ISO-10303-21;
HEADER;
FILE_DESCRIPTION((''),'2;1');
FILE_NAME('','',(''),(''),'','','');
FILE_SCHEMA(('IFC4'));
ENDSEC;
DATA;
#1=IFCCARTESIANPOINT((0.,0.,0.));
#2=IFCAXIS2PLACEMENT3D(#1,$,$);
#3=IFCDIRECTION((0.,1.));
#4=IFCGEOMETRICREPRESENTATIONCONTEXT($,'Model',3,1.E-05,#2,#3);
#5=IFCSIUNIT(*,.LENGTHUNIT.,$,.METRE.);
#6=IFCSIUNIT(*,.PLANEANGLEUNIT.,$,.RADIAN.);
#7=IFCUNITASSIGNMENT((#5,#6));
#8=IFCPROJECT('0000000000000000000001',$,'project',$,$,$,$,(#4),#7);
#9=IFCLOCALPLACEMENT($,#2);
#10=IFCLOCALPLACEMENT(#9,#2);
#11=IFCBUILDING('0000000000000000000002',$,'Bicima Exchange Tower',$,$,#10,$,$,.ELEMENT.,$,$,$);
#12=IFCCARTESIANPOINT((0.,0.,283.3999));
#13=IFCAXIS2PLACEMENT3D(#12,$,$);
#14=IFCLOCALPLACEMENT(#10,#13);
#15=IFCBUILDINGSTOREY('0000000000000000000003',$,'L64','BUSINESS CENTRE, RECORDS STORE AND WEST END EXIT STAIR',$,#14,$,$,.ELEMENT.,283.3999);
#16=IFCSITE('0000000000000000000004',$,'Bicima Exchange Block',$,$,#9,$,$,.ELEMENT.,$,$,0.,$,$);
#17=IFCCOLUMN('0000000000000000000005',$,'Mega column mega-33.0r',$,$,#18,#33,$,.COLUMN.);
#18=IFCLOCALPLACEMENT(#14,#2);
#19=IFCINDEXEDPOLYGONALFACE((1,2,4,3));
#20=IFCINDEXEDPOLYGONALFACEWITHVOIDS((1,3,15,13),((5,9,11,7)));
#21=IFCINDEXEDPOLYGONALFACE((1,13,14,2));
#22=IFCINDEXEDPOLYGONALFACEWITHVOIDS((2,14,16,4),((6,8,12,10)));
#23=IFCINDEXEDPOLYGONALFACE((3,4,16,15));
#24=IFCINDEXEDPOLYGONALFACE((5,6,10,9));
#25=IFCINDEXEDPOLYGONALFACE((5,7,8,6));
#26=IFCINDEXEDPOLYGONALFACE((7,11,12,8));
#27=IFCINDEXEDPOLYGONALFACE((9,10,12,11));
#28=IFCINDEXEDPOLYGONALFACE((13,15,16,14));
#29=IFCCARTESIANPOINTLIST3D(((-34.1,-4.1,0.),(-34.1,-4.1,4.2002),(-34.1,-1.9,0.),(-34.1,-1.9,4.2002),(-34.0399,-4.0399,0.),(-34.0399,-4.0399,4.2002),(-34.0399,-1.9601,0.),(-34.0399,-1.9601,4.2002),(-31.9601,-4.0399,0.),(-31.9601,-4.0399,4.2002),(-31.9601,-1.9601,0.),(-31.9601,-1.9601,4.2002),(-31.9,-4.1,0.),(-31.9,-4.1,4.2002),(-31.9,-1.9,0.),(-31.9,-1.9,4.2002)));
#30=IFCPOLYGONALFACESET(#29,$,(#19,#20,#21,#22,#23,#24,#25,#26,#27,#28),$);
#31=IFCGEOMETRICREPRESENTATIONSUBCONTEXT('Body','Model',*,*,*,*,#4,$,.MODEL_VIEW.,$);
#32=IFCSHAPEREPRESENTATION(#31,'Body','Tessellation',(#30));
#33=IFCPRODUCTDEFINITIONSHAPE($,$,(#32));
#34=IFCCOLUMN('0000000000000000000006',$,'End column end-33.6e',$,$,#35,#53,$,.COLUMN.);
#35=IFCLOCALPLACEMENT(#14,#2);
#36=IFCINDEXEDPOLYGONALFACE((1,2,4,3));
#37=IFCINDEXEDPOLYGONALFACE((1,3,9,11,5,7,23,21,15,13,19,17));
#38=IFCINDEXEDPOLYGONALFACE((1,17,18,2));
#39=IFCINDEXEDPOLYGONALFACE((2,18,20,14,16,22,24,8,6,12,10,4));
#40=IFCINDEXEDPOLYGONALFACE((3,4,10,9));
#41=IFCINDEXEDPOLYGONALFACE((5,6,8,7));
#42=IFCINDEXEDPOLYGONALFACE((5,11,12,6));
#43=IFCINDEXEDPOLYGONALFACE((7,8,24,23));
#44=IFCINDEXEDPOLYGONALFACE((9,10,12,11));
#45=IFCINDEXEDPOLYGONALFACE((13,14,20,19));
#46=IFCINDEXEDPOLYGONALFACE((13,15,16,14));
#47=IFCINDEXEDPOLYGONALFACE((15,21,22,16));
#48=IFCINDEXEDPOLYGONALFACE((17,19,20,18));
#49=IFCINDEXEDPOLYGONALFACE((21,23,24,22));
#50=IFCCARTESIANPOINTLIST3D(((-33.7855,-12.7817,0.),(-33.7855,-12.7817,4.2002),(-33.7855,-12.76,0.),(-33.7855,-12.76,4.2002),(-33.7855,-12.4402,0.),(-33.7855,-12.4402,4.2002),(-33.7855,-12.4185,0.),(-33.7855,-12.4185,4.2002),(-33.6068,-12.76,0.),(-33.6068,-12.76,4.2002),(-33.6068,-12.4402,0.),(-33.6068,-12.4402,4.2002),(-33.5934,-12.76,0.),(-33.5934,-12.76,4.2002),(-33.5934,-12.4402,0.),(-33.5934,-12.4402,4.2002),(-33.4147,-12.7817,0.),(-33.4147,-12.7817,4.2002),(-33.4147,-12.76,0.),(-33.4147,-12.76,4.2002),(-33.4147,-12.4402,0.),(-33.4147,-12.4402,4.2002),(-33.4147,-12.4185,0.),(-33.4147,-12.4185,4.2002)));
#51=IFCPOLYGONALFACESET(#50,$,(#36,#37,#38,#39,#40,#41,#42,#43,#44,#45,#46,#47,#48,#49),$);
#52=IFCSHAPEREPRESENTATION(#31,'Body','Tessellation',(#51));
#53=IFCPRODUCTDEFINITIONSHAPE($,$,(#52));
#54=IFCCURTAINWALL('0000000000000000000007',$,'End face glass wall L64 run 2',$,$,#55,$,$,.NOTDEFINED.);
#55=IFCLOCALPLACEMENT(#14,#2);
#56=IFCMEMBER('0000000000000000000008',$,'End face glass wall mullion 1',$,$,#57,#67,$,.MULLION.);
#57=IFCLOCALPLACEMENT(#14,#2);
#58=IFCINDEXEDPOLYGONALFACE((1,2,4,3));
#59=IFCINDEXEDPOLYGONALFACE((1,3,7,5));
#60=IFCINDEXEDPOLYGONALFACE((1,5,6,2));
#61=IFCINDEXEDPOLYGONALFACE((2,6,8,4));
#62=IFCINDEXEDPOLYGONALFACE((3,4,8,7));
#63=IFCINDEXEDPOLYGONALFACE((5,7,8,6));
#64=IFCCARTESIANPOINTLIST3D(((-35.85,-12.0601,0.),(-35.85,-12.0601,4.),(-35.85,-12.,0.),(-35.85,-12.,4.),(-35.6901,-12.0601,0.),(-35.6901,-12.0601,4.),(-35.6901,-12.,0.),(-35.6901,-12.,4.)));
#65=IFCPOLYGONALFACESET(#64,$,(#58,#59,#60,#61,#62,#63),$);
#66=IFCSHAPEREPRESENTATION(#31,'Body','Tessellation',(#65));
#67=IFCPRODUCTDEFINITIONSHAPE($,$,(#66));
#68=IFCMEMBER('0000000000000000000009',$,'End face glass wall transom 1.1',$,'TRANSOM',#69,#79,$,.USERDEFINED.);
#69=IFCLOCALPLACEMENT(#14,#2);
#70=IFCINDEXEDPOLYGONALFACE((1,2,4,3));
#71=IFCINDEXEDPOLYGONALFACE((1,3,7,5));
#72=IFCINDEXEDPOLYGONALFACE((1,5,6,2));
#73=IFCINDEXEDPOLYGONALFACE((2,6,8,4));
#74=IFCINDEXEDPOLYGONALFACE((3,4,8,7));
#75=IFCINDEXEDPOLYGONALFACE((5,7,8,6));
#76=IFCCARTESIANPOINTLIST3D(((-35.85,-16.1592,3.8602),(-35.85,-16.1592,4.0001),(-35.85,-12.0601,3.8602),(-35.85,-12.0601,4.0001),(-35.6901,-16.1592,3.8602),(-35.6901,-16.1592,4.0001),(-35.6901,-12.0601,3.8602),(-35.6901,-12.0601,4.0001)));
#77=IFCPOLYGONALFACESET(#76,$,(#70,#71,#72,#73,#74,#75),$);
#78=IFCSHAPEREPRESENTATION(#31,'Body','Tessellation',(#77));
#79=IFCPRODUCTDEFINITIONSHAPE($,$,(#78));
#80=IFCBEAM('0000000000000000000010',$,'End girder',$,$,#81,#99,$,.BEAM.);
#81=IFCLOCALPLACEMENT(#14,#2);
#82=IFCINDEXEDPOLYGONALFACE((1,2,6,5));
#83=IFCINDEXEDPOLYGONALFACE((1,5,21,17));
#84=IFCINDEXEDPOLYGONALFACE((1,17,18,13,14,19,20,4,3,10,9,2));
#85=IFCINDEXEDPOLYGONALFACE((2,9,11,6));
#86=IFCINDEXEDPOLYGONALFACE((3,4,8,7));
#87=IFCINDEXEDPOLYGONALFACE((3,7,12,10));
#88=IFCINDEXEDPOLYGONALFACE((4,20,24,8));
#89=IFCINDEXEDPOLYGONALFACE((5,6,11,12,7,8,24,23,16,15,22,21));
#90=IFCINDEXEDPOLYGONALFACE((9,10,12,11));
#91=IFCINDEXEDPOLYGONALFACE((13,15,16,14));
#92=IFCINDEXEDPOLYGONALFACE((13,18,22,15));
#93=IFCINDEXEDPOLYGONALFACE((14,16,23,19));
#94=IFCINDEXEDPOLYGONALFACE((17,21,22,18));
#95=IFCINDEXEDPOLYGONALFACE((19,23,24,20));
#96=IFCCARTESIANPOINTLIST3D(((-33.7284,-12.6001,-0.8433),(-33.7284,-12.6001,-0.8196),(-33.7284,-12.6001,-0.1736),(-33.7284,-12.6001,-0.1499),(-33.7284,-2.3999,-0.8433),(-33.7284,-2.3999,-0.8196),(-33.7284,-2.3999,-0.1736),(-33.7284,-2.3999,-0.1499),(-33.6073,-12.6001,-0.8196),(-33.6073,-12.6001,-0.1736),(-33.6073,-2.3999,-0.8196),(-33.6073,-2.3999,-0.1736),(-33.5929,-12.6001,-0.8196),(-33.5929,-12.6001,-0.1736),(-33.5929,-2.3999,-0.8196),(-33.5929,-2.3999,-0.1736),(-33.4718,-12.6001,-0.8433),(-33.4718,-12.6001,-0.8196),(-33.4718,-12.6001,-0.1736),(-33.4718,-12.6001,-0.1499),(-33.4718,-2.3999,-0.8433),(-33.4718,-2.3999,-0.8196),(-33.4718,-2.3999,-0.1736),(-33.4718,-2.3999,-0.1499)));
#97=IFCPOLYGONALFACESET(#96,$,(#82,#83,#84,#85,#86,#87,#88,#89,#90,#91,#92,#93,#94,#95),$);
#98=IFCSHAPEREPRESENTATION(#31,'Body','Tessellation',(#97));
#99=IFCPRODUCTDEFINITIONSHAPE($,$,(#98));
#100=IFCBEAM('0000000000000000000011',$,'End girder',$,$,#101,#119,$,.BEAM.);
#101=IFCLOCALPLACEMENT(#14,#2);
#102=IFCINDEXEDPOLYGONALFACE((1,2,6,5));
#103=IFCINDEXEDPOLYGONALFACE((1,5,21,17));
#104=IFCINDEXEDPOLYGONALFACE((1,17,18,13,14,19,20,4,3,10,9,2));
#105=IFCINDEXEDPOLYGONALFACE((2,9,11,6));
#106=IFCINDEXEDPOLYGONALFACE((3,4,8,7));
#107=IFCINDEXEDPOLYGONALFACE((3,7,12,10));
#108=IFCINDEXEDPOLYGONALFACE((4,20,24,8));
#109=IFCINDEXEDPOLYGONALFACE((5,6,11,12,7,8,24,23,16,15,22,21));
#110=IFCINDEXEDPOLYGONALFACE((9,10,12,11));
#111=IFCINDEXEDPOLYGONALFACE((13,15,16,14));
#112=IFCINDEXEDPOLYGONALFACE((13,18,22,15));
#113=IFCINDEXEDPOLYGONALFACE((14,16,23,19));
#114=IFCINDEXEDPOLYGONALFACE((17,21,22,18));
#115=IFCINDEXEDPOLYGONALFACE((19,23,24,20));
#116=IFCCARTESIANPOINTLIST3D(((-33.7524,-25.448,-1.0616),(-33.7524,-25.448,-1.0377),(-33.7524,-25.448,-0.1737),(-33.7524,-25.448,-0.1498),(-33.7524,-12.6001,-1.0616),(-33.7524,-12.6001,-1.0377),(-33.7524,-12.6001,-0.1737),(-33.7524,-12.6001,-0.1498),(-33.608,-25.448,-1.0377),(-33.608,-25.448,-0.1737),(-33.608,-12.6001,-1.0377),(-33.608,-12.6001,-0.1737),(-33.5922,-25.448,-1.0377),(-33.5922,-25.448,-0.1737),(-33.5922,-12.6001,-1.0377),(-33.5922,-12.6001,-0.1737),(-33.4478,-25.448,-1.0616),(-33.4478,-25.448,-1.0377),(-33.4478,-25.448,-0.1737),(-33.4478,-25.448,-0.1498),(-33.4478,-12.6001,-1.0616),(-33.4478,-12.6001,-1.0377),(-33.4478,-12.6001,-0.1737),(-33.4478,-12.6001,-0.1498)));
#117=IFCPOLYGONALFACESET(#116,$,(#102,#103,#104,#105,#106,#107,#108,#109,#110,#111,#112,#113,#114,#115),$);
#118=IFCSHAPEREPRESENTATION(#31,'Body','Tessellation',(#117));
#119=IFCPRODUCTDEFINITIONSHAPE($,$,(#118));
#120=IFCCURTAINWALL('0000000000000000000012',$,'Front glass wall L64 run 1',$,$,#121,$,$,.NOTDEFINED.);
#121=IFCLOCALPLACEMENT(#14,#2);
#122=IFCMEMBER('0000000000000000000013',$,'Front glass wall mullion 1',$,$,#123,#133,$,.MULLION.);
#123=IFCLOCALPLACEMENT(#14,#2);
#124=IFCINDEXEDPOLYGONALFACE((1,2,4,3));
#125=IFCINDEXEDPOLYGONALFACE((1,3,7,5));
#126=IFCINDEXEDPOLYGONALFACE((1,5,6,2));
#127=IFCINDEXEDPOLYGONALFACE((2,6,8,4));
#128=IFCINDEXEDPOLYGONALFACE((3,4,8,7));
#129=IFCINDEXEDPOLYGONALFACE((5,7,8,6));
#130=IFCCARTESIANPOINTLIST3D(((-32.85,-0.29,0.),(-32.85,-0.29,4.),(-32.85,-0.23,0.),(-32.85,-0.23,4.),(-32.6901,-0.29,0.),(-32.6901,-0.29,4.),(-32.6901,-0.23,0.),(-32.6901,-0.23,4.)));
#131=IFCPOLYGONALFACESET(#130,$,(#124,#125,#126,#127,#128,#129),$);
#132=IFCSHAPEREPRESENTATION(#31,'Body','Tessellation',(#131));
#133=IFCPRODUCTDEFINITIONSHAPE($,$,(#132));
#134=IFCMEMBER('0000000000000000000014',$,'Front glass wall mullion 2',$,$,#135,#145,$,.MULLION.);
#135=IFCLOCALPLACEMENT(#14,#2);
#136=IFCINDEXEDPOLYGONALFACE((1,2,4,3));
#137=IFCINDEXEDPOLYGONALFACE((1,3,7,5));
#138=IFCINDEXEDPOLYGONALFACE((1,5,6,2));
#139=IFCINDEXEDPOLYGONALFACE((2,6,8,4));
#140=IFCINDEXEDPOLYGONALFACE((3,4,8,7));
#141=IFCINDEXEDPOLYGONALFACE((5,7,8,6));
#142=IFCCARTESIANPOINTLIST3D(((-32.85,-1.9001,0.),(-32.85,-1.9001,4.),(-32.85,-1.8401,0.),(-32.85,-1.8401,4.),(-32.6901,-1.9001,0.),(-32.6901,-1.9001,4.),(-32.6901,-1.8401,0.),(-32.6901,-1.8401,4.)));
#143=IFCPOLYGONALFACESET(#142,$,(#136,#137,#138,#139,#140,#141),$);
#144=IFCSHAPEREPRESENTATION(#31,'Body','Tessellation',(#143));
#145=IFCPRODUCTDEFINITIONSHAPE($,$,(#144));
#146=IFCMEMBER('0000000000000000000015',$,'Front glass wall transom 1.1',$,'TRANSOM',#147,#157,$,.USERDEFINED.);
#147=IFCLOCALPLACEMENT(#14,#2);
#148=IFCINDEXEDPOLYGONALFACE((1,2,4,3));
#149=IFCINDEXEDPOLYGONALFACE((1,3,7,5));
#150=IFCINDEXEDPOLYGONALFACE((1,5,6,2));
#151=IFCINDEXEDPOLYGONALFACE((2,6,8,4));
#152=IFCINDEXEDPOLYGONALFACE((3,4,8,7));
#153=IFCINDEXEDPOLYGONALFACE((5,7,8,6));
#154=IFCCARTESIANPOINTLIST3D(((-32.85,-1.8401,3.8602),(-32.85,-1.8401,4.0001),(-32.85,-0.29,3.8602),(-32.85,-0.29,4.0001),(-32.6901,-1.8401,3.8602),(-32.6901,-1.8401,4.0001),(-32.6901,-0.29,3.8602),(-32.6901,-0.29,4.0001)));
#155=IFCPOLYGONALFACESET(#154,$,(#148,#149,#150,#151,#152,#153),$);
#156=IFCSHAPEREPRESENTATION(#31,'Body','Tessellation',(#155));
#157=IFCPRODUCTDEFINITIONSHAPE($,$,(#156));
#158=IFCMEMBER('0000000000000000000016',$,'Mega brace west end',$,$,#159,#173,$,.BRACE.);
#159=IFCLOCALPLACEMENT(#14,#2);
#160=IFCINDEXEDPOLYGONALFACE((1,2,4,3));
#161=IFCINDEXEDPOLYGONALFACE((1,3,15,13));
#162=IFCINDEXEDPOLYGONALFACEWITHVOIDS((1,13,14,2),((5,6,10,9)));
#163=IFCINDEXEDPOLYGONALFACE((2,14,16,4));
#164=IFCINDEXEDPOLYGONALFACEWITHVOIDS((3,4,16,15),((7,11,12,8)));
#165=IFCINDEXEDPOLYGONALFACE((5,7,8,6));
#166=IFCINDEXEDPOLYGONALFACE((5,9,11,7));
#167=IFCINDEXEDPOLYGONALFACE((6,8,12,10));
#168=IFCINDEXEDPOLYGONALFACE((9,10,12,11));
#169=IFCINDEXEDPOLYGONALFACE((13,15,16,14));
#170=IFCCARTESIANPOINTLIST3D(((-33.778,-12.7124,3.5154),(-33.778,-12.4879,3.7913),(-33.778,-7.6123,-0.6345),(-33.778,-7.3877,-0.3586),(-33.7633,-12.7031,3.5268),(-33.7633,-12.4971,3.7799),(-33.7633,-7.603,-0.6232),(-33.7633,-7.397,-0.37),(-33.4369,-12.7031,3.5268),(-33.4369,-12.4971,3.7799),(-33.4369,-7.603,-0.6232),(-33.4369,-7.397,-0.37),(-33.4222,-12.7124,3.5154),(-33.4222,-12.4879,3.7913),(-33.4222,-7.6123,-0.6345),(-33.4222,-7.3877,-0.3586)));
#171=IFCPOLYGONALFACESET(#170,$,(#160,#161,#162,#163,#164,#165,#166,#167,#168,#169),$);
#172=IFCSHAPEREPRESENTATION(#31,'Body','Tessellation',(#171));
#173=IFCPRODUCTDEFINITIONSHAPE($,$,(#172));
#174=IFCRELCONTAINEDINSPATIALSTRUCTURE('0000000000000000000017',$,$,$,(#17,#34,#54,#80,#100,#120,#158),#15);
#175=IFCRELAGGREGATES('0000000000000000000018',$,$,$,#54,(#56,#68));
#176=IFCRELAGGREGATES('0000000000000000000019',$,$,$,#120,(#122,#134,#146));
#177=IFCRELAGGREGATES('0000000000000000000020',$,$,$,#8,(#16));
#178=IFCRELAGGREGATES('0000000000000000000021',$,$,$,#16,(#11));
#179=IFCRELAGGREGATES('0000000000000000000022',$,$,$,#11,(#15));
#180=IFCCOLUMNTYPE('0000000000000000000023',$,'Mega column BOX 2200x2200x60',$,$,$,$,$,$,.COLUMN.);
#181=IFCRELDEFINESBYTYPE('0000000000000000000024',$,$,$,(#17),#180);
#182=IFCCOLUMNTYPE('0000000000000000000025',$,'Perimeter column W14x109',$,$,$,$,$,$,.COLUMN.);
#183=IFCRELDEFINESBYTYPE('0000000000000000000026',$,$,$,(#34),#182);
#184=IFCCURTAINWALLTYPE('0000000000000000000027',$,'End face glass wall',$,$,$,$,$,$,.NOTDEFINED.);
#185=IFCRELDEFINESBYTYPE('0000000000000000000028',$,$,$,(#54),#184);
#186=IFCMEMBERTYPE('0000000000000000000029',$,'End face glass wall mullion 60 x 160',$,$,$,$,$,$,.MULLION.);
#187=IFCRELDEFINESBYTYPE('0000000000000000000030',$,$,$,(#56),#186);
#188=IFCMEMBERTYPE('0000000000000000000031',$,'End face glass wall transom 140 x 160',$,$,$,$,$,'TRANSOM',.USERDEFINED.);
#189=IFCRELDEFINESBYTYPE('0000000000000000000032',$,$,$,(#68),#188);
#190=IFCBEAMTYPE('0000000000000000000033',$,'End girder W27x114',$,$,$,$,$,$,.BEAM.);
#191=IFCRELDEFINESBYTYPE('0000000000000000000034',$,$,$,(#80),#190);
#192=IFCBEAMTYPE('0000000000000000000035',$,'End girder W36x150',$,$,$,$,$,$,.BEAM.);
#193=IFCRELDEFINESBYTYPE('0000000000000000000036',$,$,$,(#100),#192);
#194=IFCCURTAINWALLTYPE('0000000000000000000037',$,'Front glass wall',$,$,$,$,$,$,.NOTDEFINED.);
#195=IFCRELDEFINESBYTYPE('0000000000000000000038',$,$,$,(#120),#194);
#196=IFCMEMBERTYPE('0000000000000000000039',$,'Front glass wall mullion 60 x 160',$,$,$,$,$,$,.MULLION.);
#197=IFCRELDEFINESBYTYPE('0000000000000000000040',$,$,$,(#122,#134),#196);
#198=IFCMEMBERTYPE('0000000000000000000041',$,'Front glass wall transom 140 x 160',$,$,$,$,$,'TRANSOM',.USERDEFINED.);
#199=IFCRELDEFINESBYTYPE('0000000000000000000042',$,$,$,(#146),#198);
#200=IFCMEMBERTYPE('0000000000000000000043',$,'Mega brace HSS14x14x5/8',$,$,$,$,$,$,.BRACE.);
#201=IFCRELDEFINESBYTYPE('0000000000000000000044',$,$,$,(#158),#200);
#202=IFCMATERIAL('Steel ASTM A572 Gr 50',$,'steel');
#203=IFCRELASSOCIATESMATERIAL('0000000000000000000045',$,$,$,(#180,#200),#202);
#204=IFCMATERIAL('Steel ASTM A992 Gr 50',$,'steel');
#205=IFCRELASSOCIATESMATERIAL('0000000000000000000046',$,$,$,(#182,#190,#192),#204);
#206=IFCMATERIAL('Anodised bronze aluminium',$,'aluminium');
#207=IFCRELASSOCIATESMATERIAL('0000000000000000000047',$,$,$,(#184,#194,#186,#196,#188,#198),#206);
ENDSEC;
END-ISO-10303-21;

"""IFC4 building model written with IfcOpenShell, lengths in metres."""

from ifc_helpers import new_model, si_unit, direction, frame, origin, origin_2d, place, context, subcontext, project, spatial, rectangle, hollow_rectangle, i_section, extrude, material, material_profile, profile_set, type_object, element, aggregate, save


model = new_model("IFC4")

# Units and contexts
model_context = context("Model", 3, precision=1e-05, world=origin(), true_north=direction((0.0, 1.0)))
body_context = subcontext(model_context, "Body", "Model", "MODEL_VIEW")
ifc_project = project(units=[si_unit("LENGTHUNIT", "METRE"), si_unit("PLANEANGLEUNIT", "RADIAN")], contexts=[model_context])

# Site, building, storey
site_placement = place(None, origin())
site = spatial("IfcSite", under=ifc_project, at=site_placement, Name="Bicima Exchange Block", CompositionType="ELEMENT", RefElevation=0.0)
building_placement = place(site_placement, origin())
building = spatial("IfcBuilding", under=site, at=building_placement, Name="Bicima Exchange Tower", CompositionType="ELEMENT")
storey_placement = place(building_placement, frame((0.0, 0.0, 283.3999)))
storey = spatial("IfcBuildingStorey", under=building, at=storey_placement, Name="L64", Description="BUSINESS CENTRE, RECORDS STORE AND WEST END EXIT STAIR", CompositionType="ELEMENT", Elevation=283.3999)

# Columns
ifc_material_1 = material(Name="Steel ASTM A572 Gr 50", Category="steel")
ifc_material_profile_1 = material_profile(ifc_material_1, hollow_rectangle(XDim=2.2, YDim=2.2, WallThickness=0.0601, at=origin_2d()))
ifc_profile_set_1 = profile_set([ifc_material_profile_1], Name="Steel ASTM A572 Gr 50")
column_type_1 = type_object("IfcColumnType", Name="Mega column BOX 2200x2200x60", PredefinedType="COLUMN", material=ifc_profile_set_1)
column_1_placement = place(storey_placement, frame((-33.0, -3.0, 0.0), z_axis=(0.0, 0.0, 1.0), x_axis=(1.0, 0.0, 0.0)))
element("IfcColumn", 1, at=column_1_placement, inside=storey, type_object=column_type_1, Name="Mega column mega-33.0r", PredefinedType="COLUMN", context=body_context, shape_type="SweptSolid", body=[
    extrude(hollow_rectangle(XDim=2.2, YDim=2.2, WallThickness=0.0601, at=origin_2d()), origin(), (0.0, 0.0, 1.0), 4.2002),
])
ifc_material_2 = material(Name="Steel ASTM A992 Gr 50", Category="steel")
ifc_material_profile_2 = material_profile(ifc_material_2, i_section(OverallWidth=0.3708, OverallDepth=0.3633, WebThickness=0.0134, FlangeThickness=0.0217, at=origin_2d()))
ifc_profile_set_2 = profile_set([ifc_material_profile_2], Name="Steel ASTM A992 Gr 50")
column_type_2 = type_object("IfcColumnType", Name="Perimeter column W14x109", PredefinedType="COLUMN", material=ifc_profile_set_2)
column_2_placement = place(storey_placement, frame((-33.6001, -12.6001, 0.0), z_axis=(0.0, 0.0, 1.0), x_axis=(1.0, 0.0, 0.0)))
element("IfcColumn", 2, at=column_2_placement, inside=storey, type_object=column_type_2, Name="End column end-33.6e", PredefinedType="COLUMN", context=body_context, shape_type="SweptSolid", body=[
    extrude(i_section(OverallWidth=0.3708, OverallDepth=0.3633, WebThickness=0.0134, FlangeThickness=0.0217, at=origin_2d()), origin(), (0.0, 0.0, 1.0), 4.2002),
])

# Curtain wall, members
ifc_material_3 = material(Name="Anodised bronze aluminium", Category="aluminium")
curtain_wall_type_1 = type_object("IfcCurtainWallType", Name="End face glass wall", PredefinedType="NOTDEFINED", material=ifc_material_3)
curtain_wall_1_placement = place(storey_placement, origin())
curtain_wall_1 = element("IfcCurtainWall", 3, at=curtain_wall_1_placement, inside=storey, type_object=curtain_wall_type_1, Name="End face glass wall L64 run 2", PredefinedType="NOTDEFINED")
ifc_material_profile_3 = material_profile(ifc_material_3, rectangle(XDim=0.1599, YDim=0.0601, at=origin_2d()))
ifc_profile_set_3 = profile_set([ifc_material_profile_3], Name="Anodised bronze aluminium")
member_type_1 = type_object("IfcMemberType", Name="End face glass wall mullion 60 x 160", PredefinedType="MULLION", material=ifc_profile_set_3)
member_1_placement = place(storey_placement, frame((-35.77, -12.03, 0.0), z_axis=(0.0, 0.0, 1.0), x_axis=(1.0, 0.0, 0.0)))
member_1 = element("IfcMember", 4, at=member_1_placement, type_object=member_type_1, Name="End face glass wall mullion 1", PredefinedType="MULLION", context=body_context, shape_type="SweptSolid", body=[
    extrude(rectangle(XDim=0.1599, YDim=0.0601, at=origin_2d()), origin(), (0.0, 0.0, 1.0), 4.0),
])
ifc_material_profile_4 = material_profile(ifc_material_3, rectangle(XDim=0.1599, YDim=0.1399, at=origin_2d()))
ifc_profile_set_4 = profile_set([ifc_material_profile_4], Name="Anodised bronze aluminium")
member_type_2 = type_object("IfcMemberType", Name="End face glass wall transom 140 x 160", ElementType="TRANSOM", PredefinedType="USERDEFINED", material=ifc_profile_set_4)
member_2_placement = place(storey_placement, frame((-35.77, -12.0601, 3.9302), z_axis=(0.0, -1.0, 0.0), x_axis=(1.0, 0.0, 0.0)))
member_2 = element("IfcMember", 5, at=member_2_placement, type_object=member_type_2, Name="End face glass wall transom 1.1", ObjectType="TRANSOM", PredefinedType="USERDEFINED", context=body_context, shape_type="SweptSolid", body=[
    extrude(rectangle(XDim=0.1599, YDim=0.1399, at=origin_2d()), origin(), (0.0, 0.0, 1.0), 4.0991),
])
aggregate(curtain_wall_1, [member_1, member_2])

# Beams
ifc_material_profile_5 = material_profile(ifc_material_2, i_section(OverallWidth=0.2566, OverallDepth=0.6934, WebThickness=0.0144, FlangeThickness=0.0237, at=origin_2d()))
ifc_profile_set_5 = profile_set([ifc_material_profile_5], Name="Steel ASTM A992 Gr 50")
beam_type_1 = type_object("IfcBeamType", Name="End girder W27x114", PredefinedType="BEAM", material=ifc_profile_set_5)
beam_1_placement = place(storey_placement, frame((-33.6001, -2.3999, -0.4966), z_axis=(0.0, -1.0, 0.0), x_axis=(1.0, 0.0, 0.0)))
element("IfcBeam", 6, at=beam_1_placement, inside=storey, type_object=beam_type_1, Name="End girder", PredefinedType="BEAM", context=body_context, shape_type="SweptSolid", body=[
    extrude(i_section(OverallWidth=0.2566, OverallDepth=0.6934, WebThickness=0.0144, FlangeThickness=0.0237, at=origin_2d()), origin(), (0.0, 0.0, 1.0), 10.2002),
])
ifc_material_profile_6 = material_profile(ifc_material_2, i_section(OverallWidth=0.3047, OverallDepth=0.9119, WebThickness=0.0159, FlangeThickness=0.0239, at=origin_2d()))
ifc_profile_set_6 = profile_set([ifc_material_profile_6], Name="Steel ASTM A992 Gr 50")
beam_type_2 = type_object("IfcBeamType", Name="End girder W36x150", PredefinedType="BEAM", material=ifc_profile_set_6)
beam_2_placement = place(storey_placement, frame((-33.6001, -12.6001, -0.6057), z_axis=(0.0, -1.0, 0.0), x_axis=(1.0, 0.0, 0.0)))
element("IfcBeam", 7, at=beam_2_placement, inside=storey, type_object=beam_type_2, Name="End girder", PredefinedType="BEAM", context=body_context, shape_type="SweptSolid", body=[
    extrude(i_section(OverallWidth=0.3047, OverallDepth=0.9119, WebThickness=0.0159, FlangeThickness=0.0239, at=origin_2d()), origin(), (0.0, 0.0, 1.0), 12.8479),
])

# Curtain wall, members
curtain_wall_type_2 = type_object("IfcCurtainWallType", Name="Front glass wall", PredefinedType="NOTDEFINED", material=ifc_material_3)
curtain_wall_2_placement = place(storey_placement, origin())
curtain_wall_2 = element("IfcCurtainWall", 8, at=curtain_wall_2_placement, inside=storey, type_object=curtain_wall_type_2, Name="Front glass wall L64 run 1", PredefinedType="NOTDEFINED")
member_type_3 = type_object("IfcMemberType", Name="Front glass wall mullion 60 x 160", PredefinedType="MULLION", material=ifc_profile_set_3)
member_3_placement = place(storey_placement, frame((-32.77, -0.26, 0.0), z_axis=(0.0, 0.0, 1.0), x_axis=(1.0, 0.0, 0.0)))
member_3 = element("IfcMember", 9, at=member_3_placement, type_object=member_type_3, Name="Front glass wall mullion 1", PredefinedType="MULLION", context=body_context, shape_type="SweptSolid", body=[
    extrude(rectangle(XDim=0.1599, YDim=0.0601, at=origin_2d()), origin(), (0.0, 0.0, 1.0), 4.0),
])
member_4_placement = place(storey_placement, frame((-32.77, -1.8701, 0.0), z_axis=(0.0, 0.0, 1.0), x_axis=(1.0, 0.0, 0.0)))
member_4 = element("IfcMember", 10, at=member_4_placement, type_object=member_type_3, Name="Front glass wall mullion 2", PredefinedType="MULLION", context=body_context, shape_type="SweptSolid", body=[
    extrude(rectangle(XDim=0.1599, YDim=0.0601, at=origin_2d()), origin(), (0.0, 0.0, 1.0), 4.0),
])
member_type_4 = type_object("IfcMemberType", Name="Front glass wall transom 140 x 160", ElementType="TRANSOM", PredefinedType="USERDEFINED", material=ifc_profile_set_4)
member_5_placement = place(storey_placement, frame((-32.77, -0.29, 3.9302), z_axis=(0.0, -1.0, 0.0), x_axis=(1.0, 0.0, 0.0)))
member_5 = element("IfcMember", 11, at=member_5_placement, type_object=member_type_4, Name="Front glass wall transom 1.1", ObjectType="TRANSOM", PredefinedType="USERDEFINED", context=body_context, shape_type="SweptSolid", body=[
    extrude(rectangle(XDim=0.1599, YDim=0.1399, at=origin_2d()), origin(), (0.0, 0.0, 1.0), 1.55),
])

# Member
ifc_material_profile_7 = material_profile(ifc_material_1, hollow_rectangle(XDim=0.3557, YDim=0.3557, WallThickness=0.0146, at=origin_2d()))
ifc_profile_set_7 = profile_set([ifc_material_profile_7], Name="Steel ASTM A572 Gr 50")
member_type_5 = type_object("IfcMemberType", Name="Mega brace HSS14x14x5/8", PredefinedType="BRACE", material=ifc_profile_set_7)
for number, where, z_axis, x_axis, name in (
    (12, (-33.6001, -7.5, -0.4966), (0.0, -0.775662, 0.631149), (1.0, 0.0, 0.0), "Mega brace west end"),
):
    element("IfcMember", number, at=place(storey_placement, frame(where, z_axis=z_axis, x_axis=x_axis)), inside=storey, type_object=member_type_5, Name=name, PredefinedType="BRACE", context=body_context, shape_type="SweptSolid", body=[
        extrude(hollow_rectangle(XDim=0.3557, YDim=0.3557, WallThickness=0.0146, at=origin_2d()), origin(), (0.0, 0.0, 1.0), 6.5752),
    ])

aggregate(curtain_wall_2, [member_3, member_4, member_5])

save(model, "model.ifc")
